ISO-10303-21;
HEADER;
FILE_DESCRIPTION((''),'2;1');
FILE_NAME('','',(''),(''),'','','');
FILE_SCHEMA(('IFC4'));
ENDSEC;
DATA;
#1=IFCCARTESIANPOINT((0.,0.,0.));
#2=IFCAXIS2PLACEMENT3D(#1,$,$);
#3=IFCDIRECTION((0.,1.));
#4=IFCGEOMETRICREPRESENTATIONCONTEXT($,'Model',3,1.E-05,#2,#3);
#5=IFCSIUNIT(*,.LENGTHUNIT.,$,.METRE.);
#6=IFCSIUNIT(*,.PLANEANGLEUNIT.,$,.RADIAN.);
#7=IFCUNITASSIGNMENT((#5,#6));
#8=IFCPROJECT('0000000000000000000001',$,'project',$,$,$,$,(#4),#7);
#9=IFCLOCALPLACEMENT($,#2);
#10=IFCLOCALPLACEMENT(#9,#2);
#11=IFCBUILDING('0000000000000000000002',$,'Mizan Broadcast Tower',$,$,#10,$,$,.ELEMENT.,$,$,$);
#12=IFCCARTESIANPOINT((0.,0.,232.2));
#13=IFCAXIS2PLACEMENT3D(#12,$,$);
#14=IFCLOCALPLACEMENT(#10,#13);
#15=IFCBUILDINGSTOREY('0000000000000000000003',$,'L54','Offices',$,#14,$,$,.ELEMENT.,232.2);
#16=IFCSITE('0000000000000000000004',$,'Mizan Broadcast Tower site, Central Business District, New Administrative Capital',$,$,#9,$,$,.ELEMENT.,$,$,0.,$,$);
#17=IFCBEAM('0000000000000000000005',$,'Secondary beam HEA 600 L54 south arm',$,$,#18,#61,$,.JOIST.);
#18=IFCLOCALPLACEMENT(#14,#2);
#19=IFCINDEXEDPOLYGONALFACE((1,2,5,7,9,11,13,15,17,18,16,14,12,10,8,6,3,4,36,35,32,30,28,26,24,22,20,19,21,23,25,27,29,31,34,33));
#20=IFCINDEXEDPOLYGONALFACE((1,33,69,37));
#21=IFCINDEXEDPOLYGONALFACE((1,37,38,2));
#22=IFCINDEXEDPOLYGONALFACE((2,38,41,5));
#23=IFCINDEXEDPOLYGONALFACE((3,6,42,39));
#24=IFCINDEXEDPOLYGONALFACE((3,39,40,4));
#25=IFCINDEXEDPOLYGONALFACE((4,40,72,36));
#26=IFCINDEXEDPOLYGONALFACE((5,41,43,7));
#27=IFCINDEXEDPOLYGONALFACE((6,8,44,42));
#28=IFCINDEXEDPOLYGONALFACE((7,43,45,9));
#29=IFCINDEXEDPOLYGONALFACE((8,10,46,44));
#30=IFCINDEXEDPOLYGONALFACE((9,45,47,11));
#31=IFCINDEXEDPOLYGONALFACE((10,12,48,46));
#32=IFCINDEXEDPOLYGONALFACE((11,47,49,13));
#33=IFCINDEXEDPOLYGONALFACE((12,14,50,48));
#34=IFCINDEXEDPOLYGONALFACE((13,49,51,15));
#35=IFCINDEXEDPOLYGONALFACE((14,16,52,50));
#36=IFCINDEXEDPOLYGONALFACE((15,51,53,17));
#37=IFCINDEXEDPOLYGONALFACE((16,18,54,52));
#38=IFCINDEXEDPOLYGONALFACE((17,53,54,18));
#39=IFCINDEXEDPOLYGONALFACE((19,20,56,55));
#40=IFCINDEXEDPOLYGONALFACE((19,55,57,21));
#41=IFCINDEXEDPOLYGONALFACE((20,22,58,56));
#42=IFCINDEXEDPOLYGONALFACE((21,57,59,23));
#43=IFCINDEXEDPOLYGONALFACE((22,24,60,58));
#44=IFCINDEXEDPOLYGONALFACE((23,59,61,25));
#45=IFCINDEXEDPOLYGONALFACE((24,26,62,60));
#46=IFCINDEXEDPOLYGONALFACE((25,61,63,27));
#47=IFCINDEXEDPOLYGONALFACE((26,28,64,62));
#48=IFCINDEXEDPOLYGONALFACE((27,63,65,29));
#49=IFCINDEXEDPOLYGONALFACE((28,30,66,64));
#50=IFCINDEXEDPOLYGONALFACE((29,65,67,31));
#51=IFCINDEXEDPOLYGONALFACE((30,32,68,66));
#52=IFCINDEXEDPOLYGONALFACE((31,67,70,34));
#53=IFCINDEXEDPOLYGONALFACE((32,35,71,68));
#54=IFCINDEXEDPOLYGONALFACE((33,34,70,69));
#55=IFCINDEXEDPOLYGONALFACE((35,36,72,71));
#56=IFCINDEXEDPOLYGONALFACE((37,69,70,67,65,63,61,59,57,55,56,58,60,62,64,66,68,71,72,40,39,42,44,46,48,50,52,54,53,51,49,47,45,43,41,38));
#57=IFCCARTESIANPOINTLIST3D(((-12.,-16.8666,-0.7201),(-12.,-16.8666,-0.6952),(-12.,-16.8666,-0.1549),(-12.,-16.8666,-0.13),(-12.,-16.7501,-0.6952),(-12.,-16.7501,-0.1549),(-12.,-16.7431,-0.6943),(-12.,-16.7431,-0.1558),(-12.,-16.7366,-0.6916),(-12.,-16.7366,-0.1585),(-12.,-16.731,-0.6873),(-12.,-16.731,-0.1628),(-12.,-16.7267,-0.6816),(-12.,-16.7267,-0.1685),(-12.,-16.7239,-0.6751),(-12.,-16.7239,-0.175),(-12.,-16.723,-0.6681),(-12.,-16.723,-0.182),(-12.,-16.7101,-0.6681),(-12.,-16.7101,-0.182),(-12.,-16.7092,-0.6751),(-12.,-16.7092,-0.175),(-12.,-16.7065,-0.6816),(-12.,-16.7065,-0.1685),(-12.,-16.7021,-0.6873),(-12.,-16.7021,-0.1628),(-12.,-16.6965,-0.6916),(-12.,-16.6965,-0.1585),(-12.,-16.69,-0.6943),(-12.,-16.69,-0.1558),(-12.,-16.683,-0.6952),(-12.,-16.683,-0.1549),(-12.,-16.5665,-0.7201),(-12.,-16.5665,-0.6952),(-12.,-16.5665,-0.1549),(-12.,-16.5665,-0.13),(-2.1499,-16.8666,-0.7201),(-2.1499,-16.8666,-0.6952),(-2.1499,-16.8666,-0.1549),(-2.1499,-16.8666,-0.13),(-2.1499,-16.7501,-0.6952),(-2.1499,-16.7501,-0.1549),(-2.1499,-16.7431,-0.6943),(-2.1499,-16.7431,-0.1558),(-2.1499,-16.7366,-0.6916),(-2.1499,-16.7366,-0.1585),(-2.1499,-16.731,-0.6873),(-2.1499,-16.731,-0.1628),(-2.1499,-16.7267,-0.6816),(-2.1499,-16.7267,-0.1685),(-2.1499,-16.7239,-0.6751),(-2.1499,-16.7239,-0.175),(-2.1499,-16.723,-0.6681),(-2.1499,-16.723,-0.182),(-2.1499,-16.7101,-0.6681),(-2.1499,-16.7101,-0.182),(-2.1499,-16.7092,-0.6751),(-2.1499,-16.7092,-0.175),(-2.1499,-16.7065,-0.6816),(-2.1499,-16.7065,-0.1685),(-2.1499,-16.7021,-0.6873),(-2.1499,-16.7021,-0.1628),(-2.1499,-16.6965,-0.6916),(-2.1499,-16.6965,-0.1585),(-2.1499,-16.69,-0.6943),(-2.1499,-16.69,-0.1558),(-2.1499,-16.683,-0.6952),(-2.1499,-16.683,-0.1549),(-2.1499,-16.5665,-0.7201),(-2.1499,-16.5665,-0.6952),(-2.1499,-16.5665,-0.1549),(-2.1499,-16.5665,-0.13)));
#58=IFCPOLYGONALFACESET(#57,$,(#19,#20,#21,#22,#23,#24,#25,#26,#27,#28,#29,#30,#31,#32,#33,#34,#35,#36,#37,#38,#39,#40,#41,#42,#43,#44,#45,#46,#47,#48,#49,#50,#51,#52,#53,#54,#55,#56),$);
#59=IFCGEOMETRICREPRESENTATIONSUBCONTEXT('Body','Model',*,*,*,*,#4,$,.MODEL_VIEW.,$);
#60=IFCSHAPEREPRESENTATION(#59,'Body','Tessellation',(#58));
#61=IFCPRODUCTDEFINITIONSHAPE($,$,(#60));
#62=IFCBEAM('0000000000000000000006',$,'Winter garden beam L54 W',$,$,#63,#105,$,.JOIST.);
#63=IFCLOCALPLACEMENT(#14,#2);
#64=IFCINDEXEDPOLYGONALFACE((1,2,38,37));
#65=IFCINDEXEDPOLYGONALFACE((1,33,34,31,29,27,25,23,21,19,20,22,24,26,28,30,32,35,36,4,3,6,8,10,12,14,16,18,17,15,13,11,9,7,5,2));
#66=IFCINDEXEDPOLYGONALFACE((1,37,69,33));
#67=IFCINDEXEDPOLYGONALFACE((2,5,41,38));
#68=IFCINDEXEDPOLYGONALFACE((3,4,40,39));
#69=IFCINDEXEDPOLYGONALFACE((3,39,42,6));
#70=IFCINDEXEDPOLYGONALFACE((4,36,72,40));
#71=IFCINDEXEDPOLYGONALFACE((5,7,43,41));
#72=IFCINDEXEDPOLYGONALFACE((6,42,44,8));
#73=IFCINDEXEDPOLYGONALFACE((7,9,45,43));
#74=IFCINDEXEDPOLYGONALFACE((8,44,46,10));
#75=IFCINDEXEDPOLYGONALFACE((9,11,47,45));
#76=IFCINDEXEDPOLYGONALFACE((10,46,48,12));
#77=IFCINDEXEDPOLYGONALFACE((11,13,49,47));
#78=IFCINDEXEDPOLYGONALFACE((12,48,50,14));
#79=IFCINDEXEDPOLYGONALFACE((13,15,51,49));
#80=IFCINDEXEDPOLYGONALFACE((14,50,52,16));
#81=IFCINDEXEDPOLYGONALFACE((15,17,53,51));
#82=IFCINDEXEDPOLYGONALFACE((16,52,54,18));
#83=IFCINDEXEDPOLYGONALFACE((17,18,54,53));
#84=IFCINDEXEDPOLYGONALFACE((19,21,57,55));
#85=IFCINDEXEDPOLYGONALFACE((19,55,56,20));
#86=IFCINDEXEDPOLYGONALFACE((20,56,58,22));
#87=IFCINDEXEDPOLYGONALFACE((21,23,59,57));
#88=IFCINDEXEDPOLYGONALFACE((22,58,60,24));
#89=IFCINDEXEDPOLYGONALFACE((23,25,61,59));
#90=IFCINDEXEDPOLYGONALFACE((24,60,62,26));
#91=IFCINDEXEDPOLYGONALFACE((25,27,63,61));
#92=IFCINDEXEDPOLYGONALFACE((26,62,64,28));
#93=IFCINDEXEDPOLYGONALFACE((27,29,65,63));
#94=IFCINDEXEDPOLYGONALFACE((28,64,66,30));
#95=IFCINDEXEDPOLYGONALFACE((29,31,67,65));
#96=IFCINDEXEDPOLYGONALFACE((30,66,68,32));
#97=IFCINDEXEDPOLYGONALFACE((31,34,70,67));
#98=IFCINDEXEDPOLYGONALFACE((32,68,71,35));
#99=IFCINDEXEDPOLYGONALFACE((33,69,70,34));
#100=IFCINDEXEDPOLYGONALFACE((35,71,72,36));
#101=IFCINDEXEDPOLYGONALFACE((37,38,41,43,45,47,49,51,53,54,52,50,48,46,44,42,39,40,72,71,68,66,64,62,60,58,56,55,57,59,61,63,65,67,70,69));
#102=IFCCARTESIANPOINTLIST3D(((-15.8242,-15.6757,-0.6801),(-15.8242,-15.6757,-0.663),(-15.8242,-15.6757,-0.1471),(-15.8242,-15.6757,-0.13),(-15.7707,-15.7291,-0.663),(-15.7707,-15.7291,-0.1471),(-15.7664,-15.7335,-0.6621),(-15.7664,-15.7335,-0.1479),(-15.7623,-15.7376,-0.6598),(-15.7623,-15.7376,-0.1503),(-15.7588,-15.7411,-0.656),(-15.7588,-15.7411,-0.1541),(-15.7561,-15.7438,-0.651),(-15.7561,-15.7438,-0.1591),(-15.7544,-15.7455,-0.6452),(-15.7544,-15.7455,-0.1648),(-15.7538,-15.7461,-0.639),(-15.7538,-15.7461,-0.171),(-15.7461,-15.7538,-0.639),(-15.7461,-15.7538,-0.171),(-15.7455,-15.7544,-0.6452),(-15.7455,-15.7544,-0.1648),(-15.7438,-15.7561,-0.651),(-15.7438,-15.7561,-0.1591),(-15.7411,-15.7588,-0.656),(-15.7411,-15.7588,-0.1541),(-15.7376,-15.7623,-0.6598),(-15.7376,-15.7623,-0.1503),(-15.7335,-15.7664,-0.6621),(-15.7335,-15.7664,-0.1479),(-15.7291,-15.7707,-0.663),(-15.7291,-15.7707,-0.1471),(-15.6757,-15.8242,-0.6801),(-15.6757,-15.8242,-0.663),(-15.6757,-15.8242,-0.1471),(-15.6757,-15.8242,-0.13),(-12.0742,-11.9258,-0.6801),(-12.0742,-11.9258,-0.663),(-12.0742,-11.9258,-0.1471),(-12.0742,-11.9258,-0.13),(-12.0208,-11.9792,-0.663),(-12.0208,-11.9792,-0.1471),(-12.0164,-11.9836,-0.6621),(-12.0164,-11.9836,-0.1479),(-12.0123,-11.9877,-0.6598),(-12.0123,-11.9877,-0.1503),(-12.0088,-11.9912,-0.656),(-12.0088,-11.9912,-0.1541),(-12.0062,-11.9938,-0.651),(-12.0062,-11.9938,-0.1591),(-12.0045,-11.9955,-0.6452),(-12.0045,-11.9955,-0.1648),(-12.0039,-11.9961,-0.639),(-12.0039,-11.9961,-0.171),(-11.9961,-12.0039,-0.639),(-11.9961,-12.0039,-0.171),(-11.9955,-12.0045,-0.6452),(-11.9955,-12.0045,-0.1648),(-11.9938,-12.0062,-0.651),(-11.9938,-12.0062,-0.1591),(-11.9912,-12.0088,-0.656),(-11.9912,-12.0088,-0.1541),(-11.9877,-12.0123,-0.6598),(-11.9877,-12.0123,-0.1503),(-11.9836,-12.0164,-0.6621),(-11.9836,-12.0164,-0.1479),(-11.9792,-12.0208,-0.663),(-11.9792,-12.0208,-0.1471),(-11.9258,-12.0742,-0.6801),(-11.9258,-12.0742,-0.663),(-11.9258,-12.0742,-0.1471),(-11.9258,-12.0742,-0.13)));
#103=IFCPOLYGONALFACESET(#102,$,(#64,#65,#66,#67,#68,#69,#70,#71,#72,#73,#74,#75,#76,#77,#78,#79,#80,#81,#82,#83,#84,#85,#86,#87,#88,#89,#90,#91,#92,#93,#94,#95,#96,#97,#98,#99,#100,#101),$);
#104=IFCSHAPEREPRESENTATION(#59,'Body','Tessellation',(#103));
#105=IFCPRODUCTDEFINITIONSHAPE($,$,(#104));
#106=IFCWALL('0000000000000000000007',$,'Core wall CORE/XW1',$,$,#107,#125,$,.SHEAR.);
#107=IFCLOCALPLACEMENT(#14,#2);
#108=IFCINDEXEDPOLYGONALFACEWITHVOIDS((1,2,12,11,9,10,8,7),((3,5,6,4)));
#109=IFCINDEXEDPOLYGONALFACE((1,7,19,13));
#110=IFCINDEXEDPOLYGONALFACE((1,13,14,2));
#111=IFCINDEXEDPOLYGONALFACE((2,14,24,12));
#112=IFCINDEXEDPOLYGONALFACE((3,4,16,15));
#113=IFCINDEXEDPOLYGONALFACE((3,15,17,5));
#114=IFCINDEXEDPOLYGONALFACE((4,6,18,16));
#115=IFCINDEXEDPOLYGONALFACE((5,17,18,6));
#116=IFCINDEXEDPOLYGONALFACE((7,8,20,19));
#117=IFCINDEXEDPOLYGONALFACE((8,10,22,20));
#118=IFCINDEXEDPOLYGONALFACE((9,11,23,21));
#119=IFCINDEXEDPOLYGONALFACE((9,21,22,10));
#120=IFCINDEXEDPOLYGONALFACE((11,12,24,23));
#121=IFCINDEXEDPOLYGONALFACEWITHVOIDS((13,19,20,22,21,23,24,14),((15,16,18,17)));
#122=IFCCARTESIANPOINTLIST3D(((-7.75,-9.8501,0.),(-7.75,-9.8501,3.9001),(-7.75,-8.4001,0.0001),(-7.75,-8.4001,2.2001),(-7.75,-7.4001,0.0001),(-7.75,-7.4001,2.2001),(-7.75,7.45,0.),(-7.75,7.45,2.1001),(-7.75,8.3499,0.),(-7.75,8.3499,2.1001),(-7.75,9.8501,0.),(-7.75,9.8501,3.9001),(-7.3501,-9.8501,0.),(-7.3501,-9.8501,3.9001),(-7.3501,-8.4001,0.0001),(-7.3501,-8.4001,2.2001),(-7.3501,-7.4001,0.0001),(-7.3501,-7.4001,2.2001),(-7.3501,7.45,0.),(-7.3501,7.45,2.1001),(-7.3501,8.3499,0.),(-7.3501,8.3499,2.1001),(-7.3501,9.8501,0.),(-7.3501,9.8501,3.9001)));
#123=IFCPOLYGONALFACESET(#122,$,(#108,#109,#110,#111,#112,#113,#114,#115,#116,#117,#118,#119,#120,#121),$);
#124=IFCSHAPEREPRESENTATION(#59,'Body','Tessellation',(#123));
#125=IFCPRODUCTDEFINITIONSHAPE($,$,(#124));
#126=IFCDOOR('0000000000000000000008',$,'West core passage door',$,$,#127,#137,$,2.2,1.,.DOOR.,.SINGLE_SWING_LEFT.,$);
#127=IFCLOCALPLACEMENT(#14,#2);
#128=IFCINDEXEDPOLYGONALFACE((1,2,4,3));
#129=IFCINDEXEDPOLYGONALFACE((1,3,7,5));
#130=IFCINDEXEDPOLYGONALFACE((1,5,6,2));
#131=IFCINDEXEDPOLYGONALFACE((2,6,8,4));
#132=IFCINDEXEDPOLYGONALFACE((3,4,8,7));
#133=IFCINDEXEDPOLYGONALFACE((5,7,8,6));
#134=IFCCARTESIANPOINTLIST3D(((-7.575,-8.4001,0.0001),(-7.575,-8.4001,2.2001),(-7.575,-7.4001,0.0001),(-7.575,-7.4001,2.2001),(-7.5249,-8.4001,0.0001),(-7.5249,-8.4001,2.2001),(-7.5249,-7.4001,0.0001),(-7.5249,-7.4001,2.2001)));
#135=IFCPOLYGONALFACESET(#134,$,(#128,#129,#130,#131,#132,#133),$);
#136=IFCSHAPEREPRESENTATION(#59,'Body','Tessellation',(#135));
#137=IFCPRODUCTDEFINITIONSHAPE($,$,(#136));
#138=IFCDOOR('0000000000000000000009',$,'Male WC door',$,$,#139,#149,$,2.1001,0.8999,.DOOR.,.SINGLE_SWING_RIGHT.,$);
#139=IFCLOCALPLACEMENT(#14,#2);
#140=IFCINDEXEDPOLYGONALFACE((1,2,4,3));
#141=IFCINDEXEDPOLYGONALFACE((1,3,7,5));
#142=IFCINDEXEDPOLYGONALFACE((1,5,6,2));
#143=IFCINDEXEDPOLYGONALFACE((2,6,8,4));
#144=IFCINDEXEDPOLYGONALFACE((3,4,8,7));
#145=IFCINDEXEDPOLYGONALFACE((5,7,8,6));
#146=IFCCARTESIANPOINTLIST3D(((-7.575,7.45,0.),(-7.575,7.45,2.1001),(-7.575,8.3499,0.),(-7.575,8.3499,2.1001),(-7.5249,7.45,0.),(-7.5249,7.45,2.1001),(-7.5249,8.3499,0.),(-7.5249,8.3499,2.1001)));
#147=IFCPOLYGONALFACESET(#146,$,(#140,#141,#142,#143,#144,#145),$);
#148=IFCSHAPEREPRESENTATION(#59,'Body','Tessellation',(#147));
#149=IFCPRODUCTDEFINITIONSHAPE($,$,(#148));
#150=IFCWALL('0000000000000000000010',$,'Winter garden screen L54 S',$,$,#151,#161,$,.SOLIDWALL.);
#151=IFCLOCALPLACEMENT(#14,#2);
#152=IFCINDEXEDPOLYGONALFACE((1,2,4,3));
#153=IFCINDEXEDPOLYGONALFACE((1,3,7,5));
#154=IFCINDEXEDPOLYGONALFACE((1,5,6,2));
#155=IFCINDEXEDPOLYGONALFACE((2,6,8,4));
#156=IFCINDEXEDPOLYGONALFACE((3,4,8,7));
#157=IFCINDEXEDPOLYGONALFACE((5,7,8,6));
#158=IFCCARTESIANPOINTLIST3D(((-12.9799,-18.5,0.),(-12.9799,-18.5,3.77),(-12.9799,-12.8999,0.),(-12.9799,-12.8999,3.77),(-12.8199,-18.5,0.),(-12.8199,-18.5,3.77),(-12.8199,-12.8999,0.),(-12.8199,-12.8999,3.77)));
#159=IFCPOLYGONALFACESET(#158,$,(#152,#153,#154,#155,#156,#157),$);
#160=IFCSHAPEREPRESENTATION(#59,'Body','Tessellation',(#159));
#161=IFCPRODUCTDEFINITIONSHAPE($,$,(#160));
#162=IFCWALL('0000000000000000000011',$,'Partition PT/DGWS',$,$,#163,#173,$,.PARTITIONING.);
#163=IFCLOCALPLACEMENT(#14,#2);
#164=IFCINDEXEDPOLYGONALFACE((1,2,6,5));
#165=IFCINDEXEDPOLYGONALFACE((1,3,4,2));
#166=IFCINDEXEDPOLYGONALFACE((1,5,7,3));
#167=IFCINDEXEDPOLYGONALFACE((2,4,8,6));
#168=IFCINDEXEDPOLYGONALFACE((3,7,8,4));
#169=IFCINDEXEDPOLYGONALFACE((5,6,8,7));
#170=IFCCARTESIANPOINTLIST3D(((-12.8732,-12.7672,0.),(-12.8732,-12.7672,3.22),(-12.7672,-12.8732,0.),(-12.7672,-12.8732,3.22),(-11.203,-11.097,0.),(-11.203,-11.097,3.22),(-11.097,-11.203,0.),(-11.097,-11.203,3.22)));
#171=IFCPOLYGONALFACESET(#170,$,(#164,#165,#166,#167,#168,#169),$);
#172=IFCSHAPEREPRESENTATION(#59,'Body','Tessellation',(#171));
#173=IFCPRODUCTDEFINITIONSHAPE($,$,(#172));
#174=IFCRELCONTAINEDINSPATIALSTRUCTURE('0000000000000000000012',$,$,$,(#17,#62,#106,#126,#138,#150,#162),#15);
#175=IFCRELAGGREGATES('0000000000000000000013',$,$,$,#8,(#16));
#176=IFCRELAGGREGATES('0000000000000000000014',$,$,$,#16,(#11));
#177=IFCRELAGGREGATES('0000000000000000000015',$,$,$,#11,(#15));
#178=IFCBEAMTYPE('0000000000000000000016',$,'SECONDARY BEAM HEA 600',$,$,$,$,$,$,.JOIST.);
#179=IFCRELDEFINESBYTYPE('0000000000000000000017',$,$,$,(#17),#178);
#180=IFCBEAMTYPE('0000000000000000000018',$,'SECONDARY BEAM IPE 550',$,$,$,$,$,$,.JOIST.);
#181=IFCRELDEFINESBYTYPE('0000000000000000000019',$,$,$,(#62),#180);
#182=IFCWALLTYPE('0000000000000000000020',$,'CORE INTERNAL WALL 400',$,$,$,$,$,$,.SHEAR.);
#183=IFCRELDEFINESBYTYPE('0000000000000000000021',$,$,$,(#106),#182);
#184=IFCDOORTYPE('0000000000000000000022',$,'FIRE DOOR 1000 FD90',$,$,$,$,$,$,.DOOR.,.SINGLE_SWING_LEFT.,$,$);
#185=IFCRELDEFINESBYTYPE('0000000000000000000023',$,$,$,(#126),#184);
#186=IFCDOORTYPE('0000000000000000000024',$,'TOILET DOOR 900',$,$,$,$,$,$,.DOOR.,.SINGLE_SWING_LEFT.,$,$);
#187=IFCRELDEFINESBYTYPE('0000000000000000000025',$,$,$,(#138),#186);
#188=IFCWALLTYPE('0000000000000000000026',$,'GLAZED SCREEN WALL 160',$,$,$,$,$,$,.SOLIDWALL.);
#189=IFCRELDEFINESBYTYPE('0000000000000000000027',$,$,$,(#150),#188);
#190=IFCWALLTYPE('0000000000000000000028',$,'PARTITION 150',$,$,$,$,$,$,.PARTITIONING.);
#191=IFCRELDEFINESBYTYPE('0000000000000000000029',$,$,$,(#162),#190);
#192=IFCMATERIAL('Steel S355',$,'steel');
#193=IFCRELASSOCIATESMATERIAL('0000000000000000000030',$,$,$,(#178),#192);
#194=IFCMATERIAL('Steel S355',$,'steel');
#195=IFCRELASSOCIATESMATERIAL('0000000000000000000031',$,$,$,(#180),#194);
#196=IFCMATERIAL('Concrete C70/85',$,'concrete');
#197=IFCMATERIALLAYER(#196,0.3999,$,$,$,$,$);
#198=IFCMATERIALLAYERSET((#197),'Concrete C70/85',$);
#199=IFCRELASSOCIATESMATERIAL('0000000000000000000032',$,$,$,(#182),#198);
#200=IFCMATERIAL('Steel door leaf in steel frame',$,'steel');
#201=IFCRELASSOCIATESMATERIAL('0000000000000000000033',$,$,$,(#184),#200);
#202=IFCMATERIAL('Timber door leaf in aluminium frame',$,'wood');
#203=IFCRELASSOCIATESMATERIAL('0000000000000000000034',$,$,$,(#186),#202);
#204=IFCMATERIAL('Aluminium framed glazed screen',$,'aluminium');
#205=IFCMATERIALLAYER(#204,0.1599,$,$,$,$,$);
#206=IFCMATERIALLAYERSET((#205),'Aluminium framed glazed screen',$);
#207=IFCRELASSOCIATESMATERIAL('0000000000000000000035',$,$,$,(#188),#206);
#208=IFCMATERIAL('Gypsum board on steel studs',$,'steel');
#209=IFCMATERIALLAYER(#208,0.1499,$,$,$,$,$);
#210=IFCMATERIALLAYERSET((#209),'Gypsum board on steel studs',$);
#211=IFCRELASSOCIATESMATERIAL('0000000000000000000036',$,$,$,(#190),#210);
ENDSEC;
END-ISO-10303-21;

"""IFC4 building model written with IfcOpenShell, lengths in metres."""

from ifc_helpers import new_model, si_unit, direction, frame, frame_2d, origin, origin_2d, place, context, subcontext, project, spatial, rectangle, i_section, extrude, material, layer, layer_set, material_profile, profile_set, type_object, element, fill, save


model = new_model("IFC4")

# Units and contexts
model_context = context("Model", 3, precision=1e-05, world=origin(), true_north=direction((0.0, 1.0)))
body_context = subcontext(model_context, "Body", "Model", "MODEL_VIEW")
ifc_project = project(units=[si_unit("LENGTHUNIT", "METRE"), si_unit("PLANEANGLEUNIT", "RADIAN")], contexts=[model_context])

# Site, building, storey
site_placement = place(None, origin())
site = spatial("IfcSite", under=ifc_project, at=site_placement, Name="Mizan Broadcast Tower site, Central Business District, New Administrative Capital", CompositionType="ELEMENT", RefElevation=0.0)
building_placement = place(site_placement, origin())
building = spatial("IfcBuilding", under=site, at=building_placement, Name="Mizan Broadcast Tower", CompositionType="ELEMENT")
storey_placement = place(building_placement, frame((0.0, 0.0, 232.2)))
storey = spatial("IfcBuildingStorey", under=building, at=storey_placement, Name="L54", Description="Offices", CompositionType="ELEMENT", Elevation=232.2)

# Beams
ifc_material_1 = material(Name="Steel S355", Category="steel")
ifc_material_profile_1 = material_profile(ifc_material_1, i_section(OverallWidth=0.3, OverallDepth=0.5901, WebThickness=0.0129, FlangeThickness=0.0249, FilletRadius=0.0271, at=origin_2d()), Name="HEA 600")
ifc_profile_set_1 = profile_set([ifc_material_profile_1], Name="Steel S355")
beam_type_1 = type_object("IfcBeamType", Name="SECONDARY BEAM HEA 600", PredefinedType="JOIST", material=ifc_profile_set_1)
for number, where, z_axis, x_axis, name in (
    (1, (-12.0, -16.7166, -0.425), (1.0, 0.0, 0.0), (0.0, 1.0, 0.0), "Secondary beam HEA 600 L54 south arm"),
):
    element("IfcBeam", number, at=place(storey_placement, frame(where, z_axis=z_axis, x_axis=x_axis)), inside=storey, type_object=beam_type_1, Name=name, PredefinedType="JOIST", context=body_context, shape_type="SweptSolid", body=[
        extrude(i_section(OverallWidth=0.3, OverallDepth=0.5901, WebThickness=0.0129, FlangeThickness=0.0249, FilletRadius=0.0271, at=origin_2d()), origin(), (0.0, 0.0, 1.0), 9.8501),
    ])
ifc_material_2 = material(Name="Steel S355", Category="steel")
ifc_material_profile_2 = material_profile(ifc_material_2, i_section(OverallWidth=0.21, OverallDepth=0.55, WebThickness=0.011, FlangeThickness=0.0171, FilletRadius=0.0239, at=origin_2d()), Name="IPE 550")
ifc_profile_set_2 = profile_set([ifc_material_profile_2], Name="Steel S355")
beam_type_2 = type_object("IfcBeamType", Name="SECONDARY BEAM IPE 550", PredefinedType="JOIST", material=ifc_profile_set_2)
beam_1_placement = place(storey_placement, frame((-12.0, -12.0, -0.405), z_axis=(-0.707107, -0.707107, 0.0), x_axis=(0.707107, -0.707107, 0.0)))
element("IfcBeam", 2, at=beam_1_placement, inside=storey, type_object=beam_type_2, Name="Winter garden beam L54 W", PredefinedType="JOIST", context=body_context, shape_type="SweptSolid", body=[
    extrude(i_section(OverallWidth=0.21, OverallDepth=0.55, WebThickness=0.011, FlangeThickness=0.0171, FilletRadius=0.0239, at=origin_2d()), origin(), (0.0, 0.0, 1.0), 5.3032),
])

# Wall, openings, doors
ifc_material_3 = material(Name="Concrete C70/85", Category="concrete")
ifc_layer_1 = layer(ifc_material_3, 0.3999)
ifc_layer_set_1 = layer_set([ifc_layer_1], Name="Concrete C70/85")
wall_type_1 = type_object("IfcWallType", Name="CORE INTERNAL WALL 400", PredefinedType="SHEAR", material=ifc_layer_set_1)
wall_1_placement = place(storey_placement, frame((-7.55, -9.8501, 0.0), z_axis=(0.0, 0.0, 1.0), x_axis=(0.0, 1.0, 0.0)))
wall_1 = element("IfcWall", 3, at=wall_1_placement, inside=storey, type_object=wall_type_1, Name="Core wall CORE/XW1", PredefinedType="SHEAR", context=body_context, shape_type="SweptSolid", body=[
    extrude(rectangle(XDim=19.7002, YDim=0.3999, at=frame_2d((9.8501, 0.0))), origin(), (0.0, 0.0, 1.0), 3.9001),
])
opening_1_placement = place(wall_1_placement, frame((1.45, 0.0, 0.0)))
opening_1 = element("IfcOpeningElement", 4, at=opening_1_placement, cuts=wall_1, PredefinedType="OPENING", context=body_context, shape_type="SweptSolid", body=[
    extrude(rectangle(XDim=1.0, YDim=2.2, at=frame_2d((0.5, 1.1001))), frame((0.0, 0.21, 0.0), z_axis=(0.0, -1.0, 0.0), x_axis=(1.0, 0.0, 0.0)), (0.0, 0.0, 1.0), 0.4199),
])
opening_2_placement = place(wall_1_placement, frame((17.3, 0.0, 0.0)))
opening_2 = element("IfcOpeningElement", 5, at=opening_2_placement, cuts=wall_1, PredefinedType="OPENING", context=body_context, shape_type="SweptSolid", body=[
    extrude(rectangle(XDim=0.8999, YDim=2.1001, at=frame_2d((0.45, 1.05))), frame((0.0, 0.21, 0.0), z_axis=(0.0, -1.0, 0.0), x_axis=(1.0, 0.0, 0.0)), (0.0, 0.0, 1.0), 0.4199),
])
ifc_material_4 = material(Name="Steel door leaf in steel frame", Category="steel")
door_type_1 = type_object("IfcDoorType", Name="FIRE DOOR 1000 FD90", OperationType="SINGLE_SWING_LEFT", PredefinedType="DOOR", material=ifc_material_4)
door_1_placement = place(opening_1_placement, origin())
door_1 = element("IfcDoor", 6, at=door_1_placement, inside=storey, type_object=door_type_1, Name="West core passage door", OperationType="SINGLE_SWING_LEFT", OverallHeight=2.2, OverallWidth=1.0, PredefinedType="DOOR", context=body_context, shape_type="SweptSolid", body=[
    extrude(rectangle(XDim=1.0, YDim=2.2, at=frame_2d((0.5, 1.1001))), frame((0.0, 0.0249, 0.0), z_axis=(0.0, -1.0, 0.0), x_axis=(1.0, 0.0, 0.0)), (0.0, 0.0, 1.0), 0.05),
])
fill(opening_1, door_1)
ifc_material_5 = material(Name="Timber door leaf in aluminium frame", Category="wood")
door_type_2 = type_object("IfcDoorType", Name="TOILET DOOR 900", OperationType="SINGLE_SWING_LEFT", PredefinedType="DOOR", material=ifc_material_5)
door_2_placement = place(opening_2_placement, origin())
door_2 = element("IfcDoor", 7, at=door_2_placement, inside=storey, type_object=door_type_2, Name="Male WC door", OperationType="SINGLE_SWING_RIGHT", OverallHeight=2.1001, OverallWidth=0.8999, PredefinedType="DOOR", context=body_context, shape_type="SweptSolid", body=[
    extrude(rectangle(XDim=0.8999, YDim=2.1001, at=frame_2d((0.45, 1.05))), frame((0.0, 0.0249, 0.0), z_axis=(0.0, -1.0, 0.0), x_axis=(1.0, 0.0, 0.0)), (0.0, 0.0, 1.0), 0.05),
])
fill(opening_2, door_2)

# Walls
ifc_material_6 = material(Name="Aluminium framed glazed screen", Category="aluminium")
ifc_layer_2 = layer(ifc_material_6, 0.1599)
ifc_layer_set_2 = layer_set([ifc_layer_2], Name="Aluminium framed glazed screen")
wall_type_2 = type_object("IfcWallType", Name="GLAZED SCREEN WALL 160", PredefinedType="SOLIDWALL", material=ifc_layer_set_2)
wall_2_placement = place(storey_placement, frame((-12.8999, -12.8999, 0.0), z_axis=(0.0, 0.0, 1.0), x_axis=(0.0, -1.0, 0.0)))
element("IfcWall", 8, at=wall_2_placement, inside=storey, type_object=wall_type_2, Name="Winter garden screen L54 S", PredefinedType="SOLIDWALL", context=body_context, shape_type="SweptSolid", body=[
    extrude(rectangle(XDim=5.6001, YDim=0.1599, at=frame_2d((2.8, 0.0))), origin(), (0.0, 0.0, 1.0), 3.77),
])
ifc_material_7 = material(Name="Gypsum board on steel studs", Category="steel")
ifc_layer_3 = layer(ifc_material_7, 0.1499)
ifc_layer_set_3 = layer_set([ifc_layer_3], Name="Gypsum board on steel studs")
wall_type_3 = type_object("IfcWallType", Name="PARTITION 150", PredefinedType="PARTITIONING", material=ifc_layer_set_3)
wall_3_placement = place(storey_placement, frame((-11.1499, -11.1499, 0.0), z_axis=(0.0, 0.0, 1.0), x_axis=(-0.707107, -0.707107, 0.0)))
element("IfcWall", 9, at=wall_3_placement, inside=storey, type_object=wall_type_3, Name="Partition PT/DGWS", PredefinedType="PARTITIONING", context=body_context, shape_type="SweptSolid", body=[
    extrude(rectangle(XDim=2.3621, YDim=0.1499, at=frame_2d((1.1812, 0.0))), origin(), (0.0, 0.0, 1.0), 3.22),
])

save(model, "model.ifc")
